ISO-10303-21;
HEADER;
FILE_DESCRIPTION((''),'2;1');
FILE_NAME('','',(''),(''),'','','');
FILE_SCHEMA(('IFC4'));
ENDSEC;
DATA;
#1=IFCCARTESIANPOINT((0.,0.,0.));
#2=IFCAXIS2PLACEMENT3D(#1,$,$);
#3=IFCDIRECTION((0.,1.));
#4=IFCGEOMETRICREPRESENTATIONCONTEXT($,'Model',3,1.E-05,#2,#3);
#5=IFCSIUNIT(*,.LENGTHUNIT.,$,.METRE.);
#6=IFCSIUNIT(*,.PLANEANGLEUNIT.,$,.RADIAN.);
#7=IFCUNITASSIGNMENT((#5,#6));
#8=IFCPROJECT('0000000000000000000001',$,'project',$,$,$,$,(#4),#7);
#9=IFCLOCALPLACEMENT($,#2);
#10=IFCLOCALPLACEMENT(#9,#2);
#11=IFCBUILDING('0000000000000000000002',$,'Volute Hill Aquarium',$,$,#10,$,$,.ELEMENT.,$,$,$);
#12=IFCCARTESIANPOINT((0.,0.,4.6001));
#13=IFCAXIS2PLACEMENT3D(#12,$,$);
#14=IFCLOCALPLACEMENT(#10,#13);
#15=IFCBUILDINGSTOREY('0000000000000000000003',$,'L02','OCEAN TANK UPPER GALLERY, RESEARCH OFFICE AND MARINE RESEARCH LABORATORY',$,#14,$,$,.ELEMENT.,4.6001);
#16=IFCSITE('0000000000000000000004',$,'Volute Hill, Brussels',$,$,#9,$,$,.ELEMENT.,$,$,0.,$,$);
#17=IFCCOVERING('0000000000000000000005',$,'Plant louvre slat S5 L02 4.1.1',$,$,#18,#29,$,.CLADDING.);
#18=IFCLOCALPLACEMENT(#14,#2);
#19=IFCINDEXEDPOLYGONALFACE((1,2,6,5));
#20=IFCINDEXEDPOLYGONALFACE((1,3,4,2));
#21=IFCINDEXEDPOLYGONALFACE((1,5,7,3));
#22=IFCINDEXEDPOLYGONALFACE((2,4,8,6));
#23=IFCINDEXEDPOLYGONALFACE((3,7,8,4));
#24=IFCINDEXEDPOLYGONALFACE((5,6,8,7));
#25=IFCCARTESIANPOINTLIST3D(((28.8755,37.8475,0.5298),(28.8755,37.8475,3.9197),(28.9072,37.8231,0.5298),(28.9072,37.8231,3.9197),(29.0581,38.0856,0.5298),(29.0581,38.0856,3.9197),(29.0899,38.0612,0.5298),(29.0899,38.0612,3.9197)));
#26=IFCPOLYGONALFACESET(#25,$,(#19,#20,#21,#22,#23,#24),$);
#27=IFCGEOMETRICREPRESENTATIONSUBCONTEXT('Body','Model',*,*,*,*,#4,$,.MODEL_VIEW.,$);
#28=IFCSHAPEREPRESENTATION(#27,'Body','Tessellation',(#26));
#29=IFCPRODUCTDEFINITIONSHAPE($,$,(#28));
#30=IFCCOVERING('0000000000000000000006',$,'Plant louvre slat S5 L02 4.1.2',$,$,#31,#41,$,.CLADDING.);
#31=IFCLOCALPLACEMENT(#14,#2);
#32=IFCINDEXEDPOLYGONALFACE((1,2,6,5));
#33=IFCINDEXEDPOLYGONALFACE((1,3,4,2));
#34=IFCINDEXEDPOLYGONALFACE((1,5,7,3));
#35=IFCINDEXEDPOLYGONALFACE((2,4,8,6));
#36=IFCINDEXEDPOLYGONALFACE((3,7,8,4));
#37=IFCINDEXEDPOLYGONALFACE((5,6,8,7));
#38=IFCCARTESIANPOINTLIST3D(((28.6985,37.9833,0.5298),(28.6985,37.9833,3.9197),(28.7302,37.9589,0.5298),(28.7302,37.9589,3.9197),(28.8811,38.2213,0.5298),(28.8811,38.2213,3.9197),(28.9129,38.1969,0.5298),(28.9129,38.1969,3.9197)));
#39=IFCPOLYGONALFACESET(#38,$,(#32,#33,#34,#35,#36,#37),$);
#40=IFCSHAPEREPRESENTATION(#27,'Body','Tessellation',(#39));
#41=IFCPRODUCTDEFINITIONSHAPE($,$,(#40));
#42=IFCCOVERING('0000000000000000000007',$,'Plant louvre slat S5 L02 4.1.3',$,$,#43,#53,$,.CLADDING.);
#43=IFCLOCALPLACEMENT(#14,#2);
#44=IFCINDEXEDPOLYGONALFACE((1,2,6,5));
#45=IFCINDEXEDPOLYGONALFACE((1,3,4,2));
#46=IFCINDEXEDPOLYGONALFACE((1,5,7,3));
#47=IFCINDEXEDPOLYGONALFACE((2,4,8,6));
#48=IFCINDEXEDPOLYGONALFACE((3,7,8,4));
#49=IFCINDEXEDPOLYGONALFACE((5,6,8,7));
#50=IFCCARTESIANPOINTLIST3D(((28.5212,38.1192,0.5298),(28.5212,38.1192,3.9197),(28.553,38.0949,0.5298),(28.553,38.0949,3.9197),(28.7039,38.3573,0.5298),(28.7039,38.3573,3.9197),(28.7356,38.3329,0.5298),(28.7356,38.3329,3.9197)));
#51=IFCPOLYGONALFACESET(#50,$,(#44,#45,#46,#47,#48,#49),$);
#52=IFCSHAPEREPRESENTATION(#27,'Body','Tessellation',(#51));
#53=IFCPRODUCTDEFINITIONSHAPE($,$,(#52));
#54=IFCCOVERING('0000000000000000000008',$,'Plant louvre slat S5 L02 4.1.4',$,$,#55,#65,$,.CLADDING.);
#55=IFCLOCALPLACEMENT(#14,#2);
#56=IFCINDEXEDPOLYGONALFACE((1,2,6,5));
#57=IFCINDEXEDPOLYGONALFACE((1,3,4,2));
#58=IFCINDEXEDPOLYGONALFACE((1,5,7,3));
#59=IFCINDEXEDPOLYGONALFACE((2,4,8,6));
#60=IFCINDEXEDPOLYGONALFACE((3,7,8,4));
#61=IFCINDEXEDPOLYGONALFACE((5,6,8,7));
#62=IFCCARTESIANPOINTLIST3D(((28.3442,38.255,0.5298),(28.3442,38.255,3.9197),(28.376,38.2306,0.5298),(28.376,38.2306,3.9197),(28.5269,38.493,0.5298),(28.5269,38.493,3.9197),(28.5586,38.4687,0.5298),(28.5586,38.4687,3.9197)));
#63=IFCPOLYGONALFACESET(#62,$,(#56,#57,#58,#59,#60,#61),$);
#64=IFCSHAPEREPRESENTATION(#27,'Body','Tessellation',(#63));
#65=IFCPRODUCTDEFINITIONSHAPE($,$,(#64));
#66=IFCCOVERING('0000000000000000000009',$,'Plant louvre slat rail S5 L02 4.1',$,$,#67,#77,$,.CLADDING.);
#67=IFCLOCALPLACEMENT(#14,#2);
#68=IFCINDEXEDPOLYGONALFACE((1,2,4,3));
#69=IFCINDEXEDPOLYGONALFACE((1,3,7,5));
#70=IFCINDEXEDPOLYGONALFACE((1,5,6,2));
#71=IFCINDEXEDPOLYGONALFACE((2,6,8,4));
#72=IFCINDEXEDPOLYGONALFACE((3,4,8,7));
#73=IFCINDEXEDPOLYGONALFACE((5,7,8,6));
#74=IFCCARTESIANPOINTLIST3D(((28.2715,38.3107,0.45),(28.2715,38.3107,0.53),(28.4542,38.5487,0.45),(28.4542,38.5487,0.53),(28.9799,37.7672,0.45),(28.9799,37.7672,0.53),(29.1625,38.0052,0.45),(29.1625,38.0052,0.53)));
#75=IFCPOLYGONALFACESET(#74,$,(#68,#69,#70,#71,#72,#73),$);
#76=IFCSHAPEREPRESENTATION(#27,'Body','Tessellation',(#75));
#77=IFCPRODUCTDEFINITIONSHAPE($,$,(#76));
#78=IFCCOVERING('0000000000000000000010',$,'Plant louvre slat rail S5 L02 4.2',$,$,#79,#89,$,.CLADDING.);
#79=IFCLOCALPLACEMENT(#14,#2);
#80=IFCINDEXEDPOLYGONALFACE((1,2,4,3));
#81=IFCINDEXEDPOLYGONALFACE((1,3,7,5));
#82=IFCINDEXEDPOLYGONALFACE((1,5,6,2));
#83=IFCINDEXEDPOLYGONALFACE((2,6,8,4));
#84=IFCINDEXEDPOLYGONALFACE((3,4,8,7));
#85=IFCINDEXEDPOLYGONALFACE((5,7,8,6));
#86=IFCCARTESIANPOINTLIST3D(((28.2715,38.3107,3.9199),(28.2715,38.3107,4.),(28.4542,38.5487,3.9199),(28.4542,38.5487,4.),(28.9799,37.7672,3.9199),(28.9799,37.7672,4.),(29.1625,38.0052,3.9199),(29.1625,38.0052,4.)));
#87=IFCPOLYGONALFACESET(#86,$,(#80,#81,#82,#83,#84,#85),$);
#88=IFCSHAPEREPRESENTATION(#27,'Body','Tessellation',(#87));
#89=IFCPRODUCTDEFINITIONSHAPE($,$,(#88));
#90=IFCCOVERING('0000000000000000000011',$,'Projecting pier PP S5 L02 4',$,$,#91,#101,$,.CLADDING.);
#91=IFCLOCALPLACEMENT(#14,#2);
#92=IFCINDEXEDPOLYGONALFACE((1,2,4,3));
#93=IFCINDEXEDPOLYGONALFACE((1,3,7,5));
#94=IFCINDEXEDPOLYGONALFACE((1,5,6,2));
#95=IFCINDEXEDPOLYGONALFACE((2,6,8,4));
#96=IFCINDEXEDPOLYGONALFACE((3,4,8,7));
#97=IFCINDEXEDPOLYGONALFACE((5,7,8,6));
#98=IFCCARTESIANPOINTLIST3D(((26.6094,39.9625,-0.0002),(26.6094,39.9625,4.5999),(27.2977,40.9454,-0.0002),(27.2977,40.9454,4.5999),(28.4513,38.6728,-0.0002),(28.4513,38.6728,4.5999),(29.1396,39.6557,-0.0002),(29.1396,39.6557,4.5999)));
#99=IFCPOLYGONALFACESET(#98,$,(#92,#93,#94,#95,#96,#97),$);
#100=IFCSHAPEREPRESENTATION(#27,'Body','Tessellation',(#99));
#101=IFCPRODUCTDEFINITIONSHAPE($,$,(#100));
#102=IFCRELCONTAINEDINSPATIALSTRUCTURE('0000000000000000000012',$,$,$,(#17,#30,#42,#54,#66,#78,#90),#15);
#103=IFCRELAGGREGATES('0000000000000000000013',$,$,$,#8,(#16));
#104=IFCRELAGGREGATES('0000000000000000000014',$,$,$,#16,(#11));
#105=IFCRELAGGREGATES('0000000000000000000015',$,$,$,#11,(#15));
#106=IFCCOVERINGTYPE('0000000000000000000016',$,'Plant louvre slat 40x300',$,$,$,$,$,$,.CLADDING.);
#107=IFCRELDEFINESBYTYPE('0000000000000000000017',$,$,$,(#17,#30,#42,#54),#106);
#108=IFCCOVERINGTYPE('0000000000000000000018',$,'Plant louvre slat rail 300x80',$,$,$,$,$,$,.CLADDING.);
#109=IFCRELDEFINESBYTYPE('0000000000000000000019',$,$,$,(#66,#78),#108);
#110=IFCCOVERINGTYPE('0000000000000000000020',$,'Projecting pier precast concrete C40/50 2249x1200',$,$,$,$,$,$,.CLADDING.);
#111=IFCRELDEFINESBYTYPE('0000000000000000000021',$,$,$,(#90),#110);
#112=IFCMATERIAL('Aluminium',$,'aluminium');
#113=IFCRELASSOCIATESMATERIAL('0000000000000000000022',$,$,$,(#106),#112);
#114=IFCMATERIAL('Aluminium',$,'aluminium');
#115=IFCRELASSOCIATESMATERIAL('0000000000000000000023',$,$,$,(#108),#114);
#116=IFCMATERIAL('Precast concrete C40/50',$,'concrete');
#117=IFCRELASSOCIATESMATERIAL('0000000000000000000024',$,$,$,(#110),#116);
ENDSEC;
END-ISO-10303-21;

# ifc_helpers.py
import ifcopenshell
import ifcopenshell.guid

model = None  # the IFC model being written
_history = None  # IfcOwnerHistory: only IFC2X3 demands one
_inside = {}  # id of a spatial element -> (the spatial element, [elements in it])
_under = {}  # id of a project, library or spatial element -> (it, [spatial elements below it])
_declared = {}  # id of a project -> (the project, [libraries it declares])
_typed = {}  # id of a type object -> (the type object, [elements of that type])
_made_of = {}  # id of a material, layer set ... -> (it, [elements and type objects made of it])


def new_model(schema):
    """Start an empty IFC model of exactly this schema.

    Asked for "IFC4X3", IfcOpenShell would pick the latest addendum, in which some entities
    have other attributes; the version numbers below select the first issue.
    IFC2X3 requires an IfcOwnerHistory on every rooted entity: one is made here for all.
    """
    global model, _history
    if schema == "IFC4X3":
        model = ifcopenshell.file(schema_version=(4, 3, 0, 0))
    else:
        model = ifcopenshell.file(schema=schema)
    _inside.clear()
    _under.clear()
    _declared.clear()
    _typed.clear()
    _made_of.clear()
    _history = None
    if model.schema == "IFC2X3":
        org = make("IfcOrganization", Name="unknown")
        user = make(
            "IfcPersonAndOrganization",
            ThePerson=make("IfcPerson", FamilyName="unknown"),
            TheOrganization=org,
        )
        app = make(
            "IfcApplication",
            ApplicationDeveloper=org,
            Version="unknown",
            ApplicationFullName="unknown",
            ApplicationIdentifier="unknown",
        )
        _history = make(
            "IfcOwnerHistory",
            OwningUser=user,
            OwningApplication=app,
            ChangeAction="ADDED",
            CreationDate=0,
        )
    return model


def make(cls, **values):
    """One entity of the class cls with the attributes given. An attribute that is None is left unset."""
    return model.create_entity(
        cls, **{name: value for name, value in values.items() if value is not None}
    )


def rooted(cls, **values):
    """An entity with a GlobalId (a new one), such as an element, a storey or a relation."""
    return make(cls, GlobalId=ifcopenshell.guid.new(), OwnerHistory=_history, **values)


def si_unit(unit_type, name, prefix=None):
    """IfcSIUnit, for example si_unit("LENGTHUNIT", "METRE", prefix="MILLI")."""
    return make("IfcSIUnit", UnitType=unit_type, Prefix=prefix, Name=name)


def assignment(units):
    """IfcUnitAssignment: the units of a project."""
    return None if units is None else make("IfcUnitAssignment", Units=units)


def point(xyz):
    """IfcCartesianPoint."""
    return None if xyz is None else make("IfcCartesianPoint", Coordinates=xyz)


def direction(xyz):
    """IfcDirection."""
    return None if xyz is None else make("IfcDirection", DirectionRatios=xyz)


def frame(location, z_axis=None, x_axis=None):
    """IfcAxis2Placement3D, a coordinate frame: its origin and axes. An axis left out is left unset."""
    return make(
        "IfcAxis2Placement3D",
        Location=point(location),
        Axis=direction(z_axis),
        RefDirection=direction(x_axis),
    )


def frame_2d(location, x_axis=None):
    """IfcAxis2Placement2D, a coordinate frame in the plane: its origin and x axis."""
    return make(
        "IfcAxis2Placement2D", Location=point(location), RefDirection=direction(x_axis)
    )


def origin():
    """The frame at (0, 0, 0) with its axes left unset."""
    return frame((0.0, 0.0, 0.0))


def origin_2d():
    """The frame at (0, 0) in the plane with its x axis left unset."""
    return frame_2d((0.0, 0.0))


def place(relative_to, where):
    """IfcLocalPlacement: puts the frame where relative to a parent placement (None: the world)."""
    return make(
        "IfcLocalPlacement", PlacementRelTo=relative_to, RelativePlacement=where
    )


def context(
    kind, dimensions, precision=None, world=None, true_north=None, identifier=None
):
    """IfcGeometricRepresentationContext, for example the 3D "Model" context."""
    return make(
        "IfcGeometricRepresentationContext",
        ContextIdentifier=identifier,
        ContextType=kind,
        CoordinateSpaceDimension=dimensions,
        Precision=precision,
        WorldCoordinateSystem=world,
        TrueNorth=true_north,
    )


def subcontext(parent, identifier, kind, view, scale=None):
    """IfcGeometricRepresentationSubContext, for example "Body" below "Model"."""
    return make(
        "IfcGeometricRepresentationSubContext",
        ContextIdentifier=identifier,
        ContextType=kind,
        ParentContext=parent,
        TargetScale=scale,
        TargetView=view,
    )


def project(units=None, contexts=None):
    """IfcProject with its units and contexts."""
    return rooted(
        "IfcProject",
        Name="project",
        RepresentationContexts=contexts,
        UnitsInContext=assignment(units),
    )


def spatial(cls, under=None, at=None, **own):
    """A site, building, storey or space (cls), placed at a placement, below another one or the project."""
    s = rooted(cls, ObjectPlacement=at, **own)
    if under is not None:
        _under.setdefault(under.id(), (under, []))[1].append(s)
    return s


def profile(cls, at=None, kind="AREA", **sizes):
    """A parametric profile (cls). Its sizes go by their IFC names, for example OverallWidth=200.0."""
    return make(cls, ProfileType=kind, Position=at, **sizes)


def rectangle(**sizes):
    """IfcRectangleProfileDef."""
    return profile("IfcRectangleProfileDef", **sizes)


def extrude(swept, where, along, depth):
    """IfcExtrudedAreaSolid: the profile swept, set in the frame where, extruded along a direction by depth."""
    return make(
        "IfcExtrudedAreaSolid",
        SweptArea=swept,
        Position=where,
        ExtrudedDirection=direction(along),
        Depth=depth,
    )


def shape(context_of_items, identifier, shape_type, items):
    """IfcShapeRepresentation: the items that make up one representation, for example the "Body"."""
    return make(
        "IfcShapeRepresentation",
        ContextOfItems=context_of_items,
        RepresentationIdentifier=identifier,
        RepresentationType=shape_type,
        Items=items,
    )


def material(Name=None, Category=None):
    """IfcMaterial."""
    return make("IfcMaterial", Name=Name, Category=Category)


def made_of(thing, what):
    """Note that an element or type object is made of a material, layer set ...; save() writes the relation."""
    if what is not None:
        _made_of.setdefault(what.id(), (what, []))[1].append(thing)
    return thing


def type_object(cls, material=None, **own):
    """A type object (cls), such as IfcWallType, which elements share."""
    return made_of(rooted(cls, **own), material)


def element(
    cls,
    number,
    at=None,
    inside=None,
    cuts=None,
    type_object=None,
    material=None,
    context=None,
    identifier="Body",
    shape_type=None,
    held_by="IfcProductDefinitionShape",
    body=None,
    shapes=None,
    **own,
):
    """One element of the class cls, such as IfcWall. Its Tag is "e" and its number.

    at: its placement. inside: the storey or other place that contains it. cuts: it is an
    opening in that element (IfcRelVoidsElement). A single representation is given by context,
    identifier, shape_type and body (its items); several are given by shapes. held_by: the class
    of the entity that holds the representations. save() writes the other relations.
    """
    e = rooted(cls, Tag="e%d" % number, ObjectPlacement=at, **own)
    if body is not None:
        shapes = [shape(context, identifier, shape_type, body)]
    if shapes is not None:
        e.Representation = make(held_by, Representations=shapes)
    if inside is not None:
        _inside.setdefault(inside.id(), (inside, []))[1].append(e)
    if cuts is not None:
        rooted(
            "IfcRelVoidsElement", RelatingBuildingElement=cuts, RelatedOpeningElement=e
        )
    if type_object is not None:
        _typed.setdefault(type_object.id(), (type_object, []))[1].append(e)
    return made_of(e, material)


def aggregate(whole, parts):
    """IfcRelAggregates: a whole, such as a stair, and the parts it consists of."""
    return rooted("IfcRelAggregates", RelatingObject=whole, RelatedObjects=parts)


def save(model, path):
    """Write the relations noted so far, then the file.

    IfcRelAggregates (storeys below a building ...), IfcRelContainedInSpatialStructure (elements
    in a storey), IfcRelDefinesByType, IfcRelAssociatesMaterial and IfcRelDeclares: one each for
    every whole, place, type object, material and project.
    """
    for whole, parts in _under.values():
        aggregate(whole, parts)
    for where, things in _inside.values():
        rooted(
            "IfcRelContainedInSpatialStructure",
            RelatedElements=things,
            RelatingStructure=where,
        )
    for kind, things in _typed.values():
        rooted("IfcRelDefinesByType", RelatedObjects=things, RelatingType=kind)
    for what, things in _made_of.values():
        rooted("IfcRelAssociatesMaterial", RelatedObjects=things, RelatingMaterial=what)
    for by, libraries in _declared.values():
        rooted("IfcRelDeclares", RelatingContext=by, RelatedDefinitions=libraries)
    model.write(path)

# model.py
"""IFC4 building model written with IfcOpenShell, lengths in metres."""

from ifc_helpers import new_model, si_unit, direction, frame, origin, origin_2d, place, context, subcontext, project, spatial, rectangle, extrude, material, type_object, element, save


model = new_model("IFC4")

# Units and contexts
model_context = context("Model", 3, precision=1e-05, world=origin(), true_north=direction((0.0, 1.0)))
body_context = subcontext(model_context, "Body", "Model", "MODEL_VIEW")
ifc_project = project(units=[si_unit("LENGTHUNIT", "METRE"), si_unit("PLANEANGLEUNIT", "RADIAN")], contexts=[model_context])

# Site, building, storey
site_placement = place(None, origin())
site = spatial("IfcSite", under=ifc_project, at=site_placement, Name="Volute Hill, Brussels", CompositionType="ELEMENT", RefElevation=0.0)
building_placement = place(site_placement, origin())
building = spatial("IfcBuilding", under=site, at=building_placement, Name="Volute Hill Aquarium", CompositionType="ELEMENT")
storey_placement = place(building_placement, frame((0.0, 0.0, 4.6001)))
storey = spatial("IfcBuildingStorey", under=building, at=storey_placement, Name="L02", Description="OCEAN TANK UPPER GALLERY, RESEARCH OFFICE AND MARINE RESEARCH LABORATORY", CompositionType="ELEMENT", Elevation=4.6001)

# Coverings
ifc_material_1 = material(Name="Aluminium", Category="aluminium")
covering_type_1 = type_object("IfcCoveringType", Name="Plant louvre slat 40x300", PredefinedType="CLADDING", material=ifc_material_1)
for number, where, z_axis, x_axis, name in (
    (1, (28.9827, 37.9543, 0.5298), (0.0, 0.0, 1.0), (-0.79336, 0.608753, 0.0), "Plant louvre slat S5 L02 4.1.1"),
    (2, (28.8057, 38.0901, 0.5298), (0.0, 0.0, 1.0), (-0.79336, 0.608753, 0.0), "Plant louvre slat S5 L02 4.1.2"),
    (3, (28.6284, 38.2261, 0.5298), (0.0, 0.0, 1.0), (-0.79336, 0.608753, 0.0), "Plant louvre slat S5 L02 4.1.3"),
    (4, (28.4514, 38.3618, 0.5298), (0.0, 0.0, 1.0), (-0.79336, 0.608753, 0.0), "Plant louvre slat S5 L02 4.1.4"),
):
    element("IfcCovering", number, at=place(storey_placement, frame(where, z_axis=z_axis, x_axis=x_axis)), inside=storey, type_object=covering_type_1, Name=name, PredefinedType="CLADDING", context=body_context, shape_type="SweptSolid", body=[
        extrude(rectangle(XDim=0.04, YDim=0.3, at=origin_2d()), origin(), (0.0, 0.0, 1.0), 3.3899),
    ])
ifc_material_2 = material(Name="Aluminium", Category="aluminium")
covering_type_2 = type_object("IfcCoveringType", Name="Plant louvre slat rail 300x80", PredefinedType="CLADDING", material=ifc_material_2)
for number, where, z_axis, x_axis, name in (
    (5, (28.717, 38.158, 0.45), (0.0, 0.0, 1.0), (-0.79336, 0.608753, 0.0), "Plant louvre slat rail S5 L02 4.1"),
    (6, (28.717, 38.158, 3.9199), (0.0, 0.0, 1.0), (-0.79336, 0.608753, 0.0), "Plant louvre slat rail S5 L02 4.2"),
):
    element("IfcCovering", number, at=place(storey_placement, frame(where, z_axis=z_axis, x_axis=x_axis)), inside=storey, type_object=covering_type_2, Name=name, PredefinedType="CLADDING", context=body_context, shape_type="SweptSolid", body=[
        extrude(rectangle(XDim=0.8928, YDim=0.3, at=origin_2d()), origin(), (0.0, 0.0, 1.0), 0.0801),
    ])
ifc_material_3 = material(Name="Precast concrete C40/50", Category="concrete")
covering_type_3 = type_object("IfcCoveringType", Name="Projecting pier precast concrete C40/50 2249x1200", PredefinedType="CLADDING", material=ifc_material_3)
covering_placement = place(storey_placement, frame((27.8745, 39.8091, -0.0002), z_axis=(0.0, 0.0, 1.0), x_axis=(-0.819152, 0.573576, 0.0)))
element("IfcCovering", 7, at=covering_placement, inside=storey, type_object=covering_type_3, Name="Projecting pier PP S5 L02 4", PredefinedType="CLADDING", context=body_context, shape_type="SweptSolid", body=[
    extrude(rectangle(XDim=2.2485, YDim=1.2, at=origin_2d()), origin(), (0.0, 0.0, 1.0), 4.6001),
])

save(model, "model.ifc")
